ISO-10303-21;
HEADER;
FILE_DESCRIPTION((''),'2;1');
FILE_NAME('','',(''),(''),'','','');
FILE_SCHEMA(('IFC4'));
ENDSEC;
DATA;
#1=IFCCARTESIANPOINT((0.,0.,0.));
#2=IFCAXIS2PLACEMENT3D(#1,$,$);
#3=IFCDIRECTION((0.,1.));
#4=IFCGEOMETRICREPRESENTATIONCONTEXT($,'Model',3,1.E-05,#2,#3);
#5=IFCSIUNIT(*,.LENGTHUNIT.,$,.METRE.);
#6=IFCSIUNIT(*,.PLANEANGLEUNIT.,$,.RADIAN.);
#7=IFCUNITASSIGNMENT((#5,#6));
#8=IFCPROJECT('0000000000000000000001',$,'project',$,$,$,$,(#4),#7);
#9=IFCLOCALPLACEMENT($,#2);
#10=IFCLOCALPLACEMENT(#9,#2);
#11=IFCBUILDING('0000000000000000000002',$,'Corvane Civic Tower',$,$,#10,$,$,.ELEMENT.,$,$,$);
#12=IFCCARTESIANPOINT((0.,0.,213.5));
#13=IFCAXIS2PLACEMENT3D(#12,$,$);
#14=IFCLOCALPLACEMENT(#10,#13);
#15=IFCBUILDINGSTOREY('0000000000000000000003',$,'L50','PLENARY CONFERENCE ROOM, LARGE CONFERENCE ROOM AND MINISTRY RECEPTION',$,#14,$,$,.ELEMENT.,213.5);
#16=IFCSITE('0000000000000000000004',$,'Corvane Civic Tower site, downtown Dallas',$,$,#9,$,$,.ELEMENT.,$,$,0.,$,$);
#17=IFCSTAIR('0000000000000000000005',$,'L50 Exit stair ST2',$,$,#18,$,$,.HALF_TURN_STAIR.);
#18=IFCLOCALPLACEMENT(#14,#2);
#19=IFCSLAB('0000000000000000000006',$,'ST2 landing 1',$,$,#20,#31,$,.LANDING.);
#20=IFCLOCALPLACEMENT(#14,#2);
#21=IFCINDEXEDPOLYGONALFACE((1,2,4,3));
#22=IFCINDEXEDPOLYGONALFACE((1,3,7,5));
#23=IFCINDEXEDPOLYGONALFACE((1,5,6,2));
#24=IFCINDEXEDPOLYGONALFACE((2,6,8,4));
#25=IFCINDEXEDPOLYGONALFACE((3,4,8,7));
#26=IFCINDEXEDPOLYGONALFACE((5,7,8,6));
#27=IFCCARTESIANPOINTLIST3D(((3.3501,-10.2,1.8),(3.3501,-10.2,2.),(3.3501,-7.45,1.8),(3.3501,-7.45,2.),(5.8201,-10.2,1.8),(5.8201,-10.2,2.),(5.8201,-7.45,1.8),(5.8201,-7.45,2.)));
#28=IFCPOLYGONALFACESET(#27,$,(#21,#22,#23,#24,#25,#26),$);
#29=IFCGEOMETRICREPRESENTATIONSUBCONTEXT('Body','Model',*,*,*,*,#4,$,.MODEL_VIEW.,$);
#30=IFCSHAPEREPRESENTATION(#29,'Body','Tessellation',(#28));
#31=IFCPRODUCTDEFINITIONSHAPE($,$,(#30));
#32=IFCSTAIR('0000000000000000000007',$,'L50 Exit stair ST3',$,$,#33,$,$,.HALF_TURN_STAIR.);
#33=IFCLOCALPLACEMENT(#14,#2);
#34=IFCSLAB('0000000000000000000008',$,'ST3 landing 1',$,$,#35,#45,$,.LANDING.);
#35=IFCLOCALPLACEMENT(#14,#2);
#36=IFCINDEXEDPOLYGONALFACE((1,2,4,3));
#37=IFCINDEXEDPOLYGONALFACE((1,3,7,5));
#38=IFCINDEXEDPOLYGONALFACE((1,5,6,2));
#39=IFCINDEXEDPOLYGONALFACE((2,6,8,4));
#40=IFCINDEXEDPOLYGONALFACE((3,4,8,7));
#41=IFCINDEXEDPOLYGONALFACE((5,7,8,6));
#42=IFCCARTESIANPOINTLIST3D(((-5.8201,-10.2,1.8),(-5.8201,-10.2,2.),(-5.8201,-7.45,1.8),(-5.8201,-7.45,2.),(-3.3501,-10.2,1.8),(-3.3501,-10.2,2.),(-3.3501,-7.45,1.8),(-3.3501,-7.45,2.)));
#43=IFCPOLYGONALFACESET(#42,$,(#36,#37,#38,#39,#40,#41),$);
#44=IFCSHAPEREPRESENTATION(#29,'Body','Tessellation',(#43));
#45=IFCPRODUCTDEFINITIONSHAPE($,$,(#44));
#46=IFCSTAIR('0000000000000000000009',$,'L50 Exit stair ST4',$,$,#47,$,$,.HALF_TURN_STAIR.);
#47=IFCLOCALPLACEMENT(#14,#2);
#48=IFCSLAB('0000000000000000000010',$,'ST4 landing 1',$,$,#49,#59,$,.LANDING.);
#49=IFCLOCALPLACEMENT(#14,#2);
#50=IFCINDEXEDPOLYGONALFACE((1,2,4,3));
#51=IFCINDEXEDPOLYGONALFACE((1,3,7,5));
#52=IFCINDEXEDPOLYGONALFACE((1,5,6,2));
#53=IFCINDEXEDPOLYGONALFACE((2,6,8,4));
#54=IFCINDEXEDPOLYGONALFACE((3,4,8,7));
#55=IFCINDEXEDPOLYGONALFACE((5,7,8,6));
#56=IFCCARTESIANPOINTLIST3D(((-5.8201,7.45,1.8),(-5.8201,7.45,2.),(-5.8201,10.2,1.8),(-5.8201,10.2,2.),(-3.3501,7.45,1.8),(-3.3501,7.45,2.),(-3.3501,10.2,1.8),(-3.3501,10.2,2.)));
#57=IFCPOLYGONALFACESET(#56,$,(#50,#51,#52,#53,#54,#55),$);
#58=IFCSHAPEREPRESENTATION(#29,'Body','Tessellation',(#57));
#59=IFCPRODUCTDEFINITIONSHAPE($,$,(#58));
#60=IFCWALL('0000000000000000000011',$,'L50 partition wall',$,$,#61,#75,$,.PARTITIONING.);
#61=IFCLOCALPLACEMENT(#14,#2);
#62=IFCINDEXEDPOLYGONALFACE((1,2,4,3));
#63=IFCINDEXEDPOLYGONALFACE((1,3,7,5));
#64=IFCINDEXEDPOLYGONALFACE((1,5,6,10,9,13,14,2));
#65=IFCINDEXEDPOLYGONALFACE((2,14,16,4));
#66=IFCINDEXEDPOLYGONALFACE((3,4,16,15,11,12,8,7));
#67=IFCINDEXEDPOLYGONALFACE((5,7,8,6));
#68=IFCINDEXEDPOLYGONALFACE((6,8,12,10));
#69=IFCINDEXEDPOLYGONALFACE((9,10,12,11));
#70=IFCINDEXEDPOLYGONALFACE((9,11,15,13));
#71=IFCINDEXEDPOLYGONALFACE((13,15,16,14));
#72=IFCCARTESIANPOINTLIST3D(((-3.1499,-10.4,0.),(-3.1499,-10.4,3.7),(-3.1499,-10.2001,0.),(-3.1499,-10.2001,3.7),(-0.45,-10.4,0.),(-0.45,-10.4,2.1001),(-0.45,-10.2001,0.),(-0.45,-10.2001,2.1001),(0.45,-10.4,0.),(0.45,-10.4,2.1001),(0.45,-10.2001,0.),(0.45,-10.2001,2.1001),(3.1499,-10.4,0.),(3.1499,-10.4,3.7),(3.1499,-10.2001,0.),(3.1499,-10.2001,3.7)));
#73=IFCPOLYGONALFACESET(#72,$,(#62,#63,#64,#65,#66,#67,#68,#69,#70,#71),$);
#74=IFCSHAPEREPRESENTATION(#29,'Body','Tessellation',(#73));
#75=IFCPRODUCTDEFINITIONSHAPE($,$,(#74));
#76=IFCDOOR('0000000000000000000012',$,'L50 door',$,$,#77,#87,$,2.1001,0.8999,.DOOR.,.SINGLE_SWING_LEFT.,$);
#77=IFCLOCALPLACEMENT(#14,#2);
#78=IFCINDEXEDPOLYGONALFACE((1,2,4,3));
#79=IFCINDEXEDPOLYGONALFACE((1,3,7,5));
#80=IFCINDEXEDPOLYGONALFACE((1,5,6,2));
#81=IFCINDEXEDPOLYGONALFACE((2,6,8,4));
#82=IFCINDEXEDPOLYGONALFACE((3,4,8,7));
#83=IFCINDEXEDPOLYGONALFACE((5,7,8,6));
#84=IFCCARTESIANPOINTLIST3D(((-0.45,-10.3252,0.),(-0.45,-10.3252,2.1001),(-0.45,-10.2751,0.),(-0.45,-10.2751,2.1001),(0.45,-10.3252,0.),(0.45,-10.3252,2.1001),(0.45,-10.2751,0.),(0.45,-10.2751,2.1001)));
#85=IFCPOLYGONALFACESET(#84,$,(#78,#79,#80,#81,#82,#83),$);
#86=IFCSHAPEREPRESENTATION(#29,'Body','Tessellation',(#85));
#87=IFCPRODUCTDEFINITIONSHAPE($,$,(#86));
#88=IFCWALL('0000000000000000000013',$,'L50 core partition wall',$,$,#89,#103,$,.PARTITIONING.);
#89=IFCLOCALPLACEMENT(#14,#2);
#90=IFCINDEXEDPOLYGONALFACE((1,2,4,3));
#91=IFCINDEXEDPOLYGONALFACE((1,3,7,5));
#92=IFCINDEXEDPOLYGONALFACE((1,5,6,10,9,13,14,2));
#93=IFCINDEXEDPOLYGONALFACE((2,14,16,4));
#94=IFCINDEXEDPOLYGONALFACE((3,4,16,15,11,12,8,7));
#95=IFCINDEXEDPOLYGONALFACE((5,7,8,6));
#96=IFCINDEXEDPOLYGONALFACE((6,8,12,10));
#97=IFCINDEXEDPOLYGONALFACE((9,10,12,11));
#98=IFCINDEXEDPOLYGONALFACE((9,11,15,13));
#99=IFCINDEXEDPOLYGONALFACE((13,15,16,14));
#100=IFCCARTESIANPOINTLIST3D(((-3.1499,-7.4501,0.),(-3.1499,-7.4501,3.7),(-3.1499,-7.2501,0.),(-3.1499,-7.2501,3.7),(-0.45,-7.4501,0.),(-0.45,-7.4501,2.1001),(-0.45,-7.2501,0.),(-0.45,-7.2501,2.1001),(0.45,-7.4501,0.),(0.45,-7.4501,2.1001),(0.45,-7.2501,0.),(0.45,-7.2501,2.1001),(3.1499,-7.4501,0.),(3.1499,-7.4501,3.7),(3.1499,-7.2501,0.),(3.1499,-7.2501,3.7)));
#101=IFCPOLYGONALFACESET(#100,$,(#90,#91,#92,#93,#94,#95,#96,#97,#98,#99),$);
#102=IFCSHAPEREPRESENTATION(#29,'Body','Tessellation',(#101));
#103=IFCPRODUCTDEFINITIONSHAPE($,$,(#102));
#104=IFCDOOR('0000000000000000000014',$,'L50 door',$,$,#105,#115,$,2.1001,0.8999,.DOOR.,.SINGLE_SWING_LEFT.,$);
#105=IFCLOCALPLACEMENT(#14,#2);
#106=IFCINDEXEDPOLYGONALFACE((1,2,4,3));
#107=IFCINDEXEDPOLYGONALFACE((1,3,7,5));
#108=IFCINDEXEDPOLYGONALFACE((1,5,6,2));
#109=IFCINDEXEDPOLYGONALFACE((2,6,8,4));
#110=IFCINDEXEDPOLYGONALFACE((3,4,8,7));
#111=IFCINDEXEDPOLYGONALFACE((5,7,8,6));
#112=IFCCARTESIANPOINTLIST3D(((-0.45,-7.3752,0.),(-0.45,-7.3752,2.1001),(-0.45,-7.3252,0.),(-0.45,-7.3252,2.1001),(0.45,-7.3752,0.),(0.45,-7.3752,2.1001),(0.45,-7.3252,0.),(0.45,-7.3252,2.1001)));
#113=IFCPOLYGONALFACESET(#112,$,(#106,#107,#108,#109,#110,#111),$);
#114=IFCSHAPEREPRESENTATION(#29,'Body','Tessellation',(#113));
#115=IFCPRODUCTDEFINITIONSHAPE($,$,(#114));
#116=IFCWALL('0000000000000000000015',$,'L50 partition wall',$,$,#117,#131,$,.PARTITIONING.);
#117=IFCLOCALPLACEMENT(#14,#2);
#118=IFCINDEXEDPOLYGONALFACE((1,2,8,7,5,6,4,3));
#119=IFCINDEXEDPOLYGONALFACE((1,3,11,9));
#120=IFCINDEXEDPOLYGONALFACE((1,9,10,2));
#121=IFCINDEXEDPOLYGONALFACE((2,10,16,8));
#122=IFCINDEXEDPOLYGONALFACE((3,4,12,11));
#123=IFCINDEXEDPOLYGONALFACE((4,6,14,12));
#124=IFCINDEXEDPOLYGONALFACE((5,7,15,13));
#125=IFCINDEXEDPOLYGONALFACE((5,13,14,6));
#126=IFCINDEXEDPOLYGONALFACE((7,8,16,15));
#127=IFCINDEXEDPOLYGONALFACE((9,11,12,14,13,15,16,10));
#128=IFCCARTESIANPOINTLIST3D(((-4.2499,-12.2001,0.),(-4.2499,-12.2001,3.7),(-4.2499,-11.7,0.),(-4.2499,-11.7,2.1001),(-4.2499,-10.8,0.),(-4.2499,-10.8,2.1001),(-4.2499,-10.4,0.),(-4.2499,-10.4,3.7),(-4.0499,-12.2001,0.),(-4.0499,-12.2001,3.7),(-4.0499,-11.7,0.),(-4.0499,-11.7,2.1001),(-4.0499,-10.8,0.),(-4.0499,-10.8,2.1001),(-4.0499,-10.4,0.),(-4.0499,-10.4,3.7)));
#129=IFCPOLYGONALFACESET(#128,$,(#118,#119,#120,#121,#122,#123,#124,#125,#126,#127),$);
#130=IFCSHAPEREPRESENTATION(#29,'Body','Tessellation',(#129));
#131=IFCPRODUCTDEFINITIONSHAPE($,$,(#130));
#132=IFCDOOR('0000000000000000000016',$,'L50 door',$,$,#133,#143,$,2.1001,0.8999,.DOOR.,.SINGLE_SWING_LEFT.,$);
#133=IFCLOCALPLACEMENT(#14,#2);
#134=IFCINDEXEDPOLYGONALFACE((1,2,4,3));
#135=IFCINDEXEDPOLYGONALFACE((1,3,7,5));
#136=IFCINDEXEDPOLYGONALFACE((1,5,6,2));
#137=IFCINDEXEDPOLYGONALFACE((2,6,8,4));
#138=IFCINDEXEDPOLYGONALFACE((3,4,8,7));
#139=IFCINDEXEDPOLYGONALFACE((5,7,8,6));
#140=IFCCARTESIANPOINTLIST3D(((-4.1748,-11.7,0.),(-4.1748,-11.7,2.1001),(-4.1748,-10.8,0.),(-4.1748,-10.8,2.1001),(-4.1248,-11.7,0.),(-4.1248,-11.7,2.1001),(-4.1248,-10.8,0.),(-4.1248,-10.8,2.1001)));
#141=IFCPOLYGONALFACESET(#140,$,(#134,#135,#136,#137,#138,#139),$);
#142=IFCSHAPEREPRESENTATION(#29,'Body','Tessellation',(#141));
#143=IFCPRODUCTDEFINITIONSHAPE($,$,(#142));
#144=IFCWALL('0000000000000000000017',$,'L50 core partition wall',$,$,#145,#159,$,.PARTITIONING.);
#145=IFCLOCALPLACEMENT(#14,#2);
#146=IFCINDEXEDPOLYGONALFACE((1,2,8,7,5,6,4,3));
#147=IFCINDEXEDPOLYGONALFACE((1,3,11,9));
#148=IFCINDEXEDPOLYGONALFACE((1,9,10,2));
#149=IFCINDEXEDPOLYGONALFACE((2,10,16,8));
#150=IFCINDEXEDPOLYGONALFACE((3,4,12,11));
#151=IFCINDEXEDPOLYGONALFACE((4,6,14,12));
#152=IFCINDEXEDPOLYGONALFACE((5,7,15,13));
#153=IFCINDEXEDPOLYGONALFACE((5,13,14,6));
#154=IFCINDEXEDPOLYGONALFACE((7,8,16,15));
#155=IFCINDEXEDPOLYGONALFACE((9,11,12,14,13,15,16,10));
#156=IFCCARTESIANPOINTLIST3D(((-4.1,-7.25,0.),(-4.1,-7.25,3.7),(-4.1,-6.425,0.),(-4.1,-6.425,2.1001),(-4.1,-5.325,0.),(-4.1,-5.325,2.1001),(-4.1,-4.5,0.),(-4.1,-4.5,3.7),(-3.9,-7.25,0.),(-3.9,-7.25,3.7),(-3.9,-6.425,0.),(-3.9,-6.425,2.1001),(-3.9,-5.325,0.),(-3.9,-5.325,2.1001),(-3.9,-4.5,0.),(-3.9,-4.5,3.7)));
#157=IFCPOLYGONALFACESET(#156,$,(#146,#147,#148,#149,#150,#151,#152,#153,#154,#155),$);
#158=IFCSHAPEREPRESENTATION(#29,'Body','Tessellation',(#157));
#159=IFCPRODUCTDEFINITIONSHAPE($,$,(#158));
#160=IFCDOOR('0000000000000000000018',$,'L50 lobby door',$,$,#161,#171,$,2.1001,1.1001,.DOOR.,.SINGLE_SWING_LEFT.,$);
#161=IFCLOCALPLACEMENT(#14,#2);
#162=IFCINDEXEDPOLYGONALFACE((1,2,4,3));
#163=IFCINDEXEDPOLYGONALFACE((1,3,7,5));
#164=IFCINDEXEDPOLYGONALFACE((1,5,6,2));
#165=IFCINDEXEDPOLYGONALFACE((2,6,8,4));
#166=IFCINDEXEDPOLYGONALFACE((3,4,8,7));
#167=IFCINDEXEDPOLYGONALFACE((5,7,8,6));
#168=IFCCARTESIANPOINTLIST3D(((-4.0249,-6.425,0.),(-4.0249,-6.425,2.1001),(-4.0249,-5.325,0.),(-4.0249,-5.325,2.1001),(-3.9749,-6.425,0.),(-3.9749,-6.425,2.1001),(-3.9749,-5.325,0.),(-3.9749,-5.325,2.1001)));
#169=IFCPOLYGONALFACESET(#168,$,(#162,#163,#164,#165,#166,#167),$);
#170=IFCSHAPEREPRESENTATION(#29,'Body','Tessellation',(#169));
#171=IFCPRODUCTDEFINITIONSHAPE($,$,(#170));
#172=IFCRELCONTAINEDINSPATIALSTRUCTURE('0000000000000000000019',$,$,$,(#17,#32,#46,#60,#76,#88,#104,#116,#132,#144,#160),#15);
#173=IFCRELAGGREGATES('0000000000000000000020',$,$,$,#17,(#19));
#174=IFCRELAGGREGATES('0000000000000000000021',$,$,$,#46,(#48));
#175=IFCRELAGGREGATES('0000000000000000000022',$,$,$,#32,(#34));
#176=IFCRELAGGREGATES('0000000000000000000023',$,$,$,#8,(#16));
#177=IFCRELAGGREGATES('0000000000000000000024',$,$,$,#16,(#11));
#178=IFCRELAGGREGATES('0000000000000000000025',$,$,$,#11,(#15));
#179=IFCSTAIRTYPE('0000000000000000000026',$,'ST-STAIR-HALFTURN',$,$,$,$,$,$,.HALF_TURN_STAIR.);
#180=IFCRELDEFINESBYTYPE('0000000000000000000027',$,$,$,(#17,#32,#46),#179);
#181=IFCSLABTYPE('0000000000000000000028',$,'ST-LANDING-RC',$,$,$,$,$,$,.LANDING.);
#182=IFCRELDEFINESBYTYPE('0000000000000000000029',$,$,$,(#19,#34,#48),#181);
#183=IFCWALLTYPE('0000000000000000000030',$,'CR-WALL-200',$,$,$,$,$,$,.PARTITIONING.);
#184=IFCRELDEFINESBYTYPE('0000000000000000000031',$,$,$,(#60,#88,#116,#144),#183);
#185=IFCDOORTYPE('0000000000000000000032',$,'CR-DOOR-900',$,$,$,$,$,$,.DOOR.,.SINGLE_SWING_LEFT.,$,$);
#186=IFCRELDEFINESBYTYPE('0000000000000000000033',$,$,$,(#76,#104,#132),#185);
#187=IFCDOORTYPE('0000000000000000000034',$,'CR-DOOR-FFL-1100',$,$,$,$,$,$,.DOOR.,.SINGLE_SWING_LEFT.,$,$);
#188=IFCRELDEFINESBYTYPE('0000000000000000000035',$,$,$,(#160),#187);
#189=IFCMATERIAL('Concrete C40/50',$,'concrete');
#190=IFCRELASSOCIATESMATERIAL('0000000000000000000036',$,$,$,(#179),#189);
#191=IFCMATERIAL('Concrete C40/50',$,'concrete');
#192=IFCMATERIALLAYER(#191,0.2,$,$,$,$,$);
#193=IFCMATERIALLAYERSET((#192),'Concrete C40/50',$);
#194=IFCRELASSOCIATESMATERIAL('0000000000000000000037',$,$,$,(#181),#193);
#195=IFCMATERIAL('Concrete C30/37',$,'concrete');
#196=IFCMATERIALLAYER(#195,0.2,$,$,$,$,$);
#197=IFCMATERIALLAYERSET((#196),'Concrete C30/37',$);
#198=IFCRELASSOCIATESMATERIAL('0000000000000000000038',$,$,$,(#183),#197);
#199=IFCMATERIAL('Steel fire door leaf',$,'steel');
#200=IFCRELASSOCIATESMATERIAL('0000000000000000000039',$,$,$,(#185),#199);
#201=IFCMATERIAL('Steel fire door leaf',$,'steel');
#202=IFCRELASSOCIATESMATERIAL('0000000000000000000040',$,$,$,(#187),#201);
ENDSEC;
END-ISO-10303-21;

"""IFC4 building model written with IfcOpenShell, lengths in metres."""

from ifc_helpers import new_model, si_unit, direction, frame, frame_2d, origin, place, context, subcontext, project, spatial, polyline, rectangle, outline, extrude, material, layer, layer_set, type_object, element, fill, aggregate, save


model = new_model("IFC4")

# Units and contexts
model_context = context("Model", 3, precision=1e-05, world=origin(), true_north=direction((0.0, 1.0)))
body_context = subcontext(model_context, "Body", "Model", "MODEL_VIEW")
ifc_project = project(units=[si_unit("LENGTHUNIT", "METRE"), si_unit("PLANEANGLEUNIT", "RADIAN")], contexts=[model_context])

# Site, building, storey
site_placement = place(None, origin())
site = spatial("IfcSite", under=ifc_project, at=site_placement, Name="Corvane Civic Tower site, downtown Dallas", CompositionType="ELEMENT", RefElevation=0.0)
building_placement = place(site_placement, origin())
building = spatial("IfcBuilding", under=site, at=building_placement, Name="Corvane Civic Tower", CompositionType="ELEMENT")
storey_placement = place(building_placement, frame((0.0, 0.0, 213.5)))
storey = spatial("IfcBuildingStorey", under=building, at=storey_placement, Name="L50", Description="PLENARY CONFERENCE ROOM, LARGE CONFERENCE ROOM AND MINISTRY RECEPTION", CompositionType="ELEMENT", Elevation=213.5)

# Stairs, slabs
ifc_material_1 = material(Name="Concrete C40/50", Category="concrete")
stair_type = type_object("IfcStairType", Name="ST-STAIR-HALFTURN", PredefinedType="HALF_TURN_STAIR", material=ifc_material_1)
ifc_material_2 = material(Name="Concrete C40/50", Category="concrete")
ifc_layer_1 = layer(ifc_material_2, 0.2)
ifc_layer_set_1 = layer_set([ifc_layer_1], Name="Concrete C40/50")
slab_type_1 = type_object("IfcSlabType", Name="ST-LANDING-RC", PredefinedType="LANDING", material=ifc_layer_set_1)
stair_1_placement = place(storey_placement, origin())
stair_1 = element("IfcStair", 1, at=stair_1_placement, inside=storey, type_object=stair_type, Name="L50 Exit stair ST2", PredefinedType="HALF_TURN_STAIR")
slab_1_placement = place(storey_placement, frame((0.0, 0.0, 1.8)))
slab_1 = element("IfcSlab", 2, at=slab_1_placement, type_object=slab_type_1, Name="ST2 landing 1", PredefinedType="LANDING", context=body_context, shape_type="SweptSolid", body=[
    extrude(outline(polyline([(5.8201, -7.45), (3.3501, -7.45), (3.3501, -10.2), (5.8201, -10.2), (5.8201, -7.45)])), origin(), (0.0, 0.0, 1.0), 0.2),
])
aggregate(stair_1, [slab_1])
stair_2_placement = place(storey_placement, origin())
stair_2 = element("IfcStair", 3, at=stair_2_placement, inside=storey, type_object=stair_type, Name="L50 Exit stair ST3", PredefinedType="HALF_TURN_STAIR")
slab_2_placement = place(storey_placement, frame((0.0, 0.0, 1.8)))
slab_2 = element("IfcSlab", 4, at=slab_2_placement, type_object=slab_type_1, Name="ST3 landing 1", PredefinedType="LANDING", context=body_context, shape_type="SweptSolid", body=[
    extrude(outline(polyline([(-5.8201, -10.2), (-3.3501, -10.2), (-3.3501, -7.45), (-5.8201, -7.45), (-5.8201, -10.2)])), origin(), (0.0, 0.0, 1.0), 0.2),
])
stair_3_placement = place(storey_placement, origin())
stair_3 = element("IfcStair", 5, at=stair_3_placement, inside=storey, type_object=stair_type, Name="L50 Exit stair ST4", PredefinedType="HALF_TURN_STAIR")
slab_3_placement = place(storey_placement, frame((0.0, 0.0, 1.8)))
slab_3 = element("IfcSlab", 6, at=slab_3_placement, type_object=slab_type_1, Name="ST4 landing 1", PredefinedType="LANDING", context=body_context, shape_type="SweptSolid", body=[
    extrude(outline(polyline([(-5.8201, 7.45), (-3.3501, 7.45), (-3.3501, 10.2), (-5.8201, 10.2), (-5.8201, 7.45)])), origin(), (0.0, 0.0, 1.0), 0.2),
])
aggregate(stair_3, [slab_3])

# Walls, openings, doors
ifc_material_3 = material(Name="Concrete C30/37", Category="concrete")
ifc_layer_2 = layer(ifc_material_3, 0.2)
ifc_layer_set_2 = layer_set([ifc_layer_2], Name="Concrete C30/37")
wall_type_1 = type_object("IfcWallType", Name="CR-WALL-200", PredefinedType="PARTITIONING", material=ifc_layer_set_2)
wall_1_placement = place(storey_placement, frame((-3.1499, -10.3, 0.0), z_axis=(0.0, 0.0, 1.0), x_axis=(1.0, 0.0, 0.0)))
wall_1 = element("IfcWall", 7, at=wall_1_placement, inside=storey, type_object=wall_type_1, Name="L50 partition wall", PredefinedType="PARTITIONING", context=body_context, shape_type="SweptSolid", body=[
    extrude(rectangle(XDim=6.2998, YDim=0.2, at=frame_2d((3.1499, 0.0))), origin(), (0.0, 0.0, 1.0), 3.7),
])
opening_1_placement = place(wall_1_placement, frame((2.7, 0.0, 0.0)))
opening_1 = element("IfcOpeningElement", 8, at=opening_1_placement, cuts=wall_1, PredefinedType="OPENING", context=body_context, shape_type="SweptSolid", body=[
    extrude(rectangle(XDim=0.8999, YDim=2.1001, at=frame_2d((0.45, 1.05))), frame((0.0, 0.1099, 0.0), z_axis=(0.0, -1.0, 0.0), x_axis=(1.0, 0.0, 0.0)), (0.0, 0.0, 1.0), 0.22),
])
ifc_material_4 = material(Name="Steel fire door leaf", Category="steel")
door_type_1 = type_object("IfcDoorType", Name="CR-DOOR-900", OperationType="SINGLE_SWING_LEFT", PredefinedType="DOOR", material=ifc_material_4)
door_1_placement = place(opening_1_placement, origin())
door_1 = element("IfcDoor", 9, at=door_1_placement, inside=storey, type_object=door_type_1, Name="L50 door", OperationType="SINGLE_SWING_LEFT", OverallHeight=2.1001, OverallWidth=0.8999, PredefinedType="DOOR", context=body_context, shape_type="SweptSolid", body=[
    extrude(rectangle(XDim=0.8999, YDim=2.1001, at=frame_2d((0.45, 1.05))), frame((0.0, 0.0249, 0.0), z_axis=(0.0, -1.0, 0.0), x_axis=(1.0, 0.0, 0.0)), (0.0, 0.0, 1.0), 0.05),
])
fill(opening_1, door_1)
wall_2_placement = place(storey_placement, frame((-3.1499, -7.3501, 0.0), z_axis=(0.0, 0.0, 1.0), x_axis=(1.0, 0.0, 0.0)))
wall_2 = element("IfcWall", 10, at=wall_2_placement, inside=storey, type_object=wall_type_1, Name="L50 core partition wall", PredefinedType="PARTITIONING", context=body_context, shape_type="SweptSolid", body=[
    extrude(rectangle(XDim=6.2998, YDim=0.2, at=frame_2d((3.1499, 0.0))), origin(), (0.0, 0.0, 1.0), 3.7),
])
opening_2_placement = place(wall_2_placement, frame((2.7, 0.0, 0.0)))
opening_2 = element("IfcOpeningElement", 11, at=opening_2_placement, cuts=wall_2, PredefinedType="OPENING", context=body_context, shape_type="SweptSolid", body=[
    extrude(rectangle(XDim=0.8999, YDim=2.1001, at=frame_2d((0.45, 1.05))), frame((0.0, 0.1099, 0.0), z_axis=(0.0, -1.0, 0.0), x_axis=(1.0, 0.0, 0.0)), (0.0, 0.0, 1.0), 0.22),
])
door_2_placement = place(opening_2_placement, origin())
door_2 = element("IfcDoor", 12, at=door_2_placement, inside=storey, type_object=door_type_1, Name="L50 door", OperationType="SINGLE_SWING_LEFT", OverallHeight=2.1001, OverallWidth=0.8999, PredefinedType="DOOR", context=body_context, shape_type="SweptSolid", body=[
    extrude(rectangle(XDim=0.8999, YDim=2.1001, at=frame_2d((0.45, 1.05))), frame((0.0, 0.0249, 0.0), z_axis=(0.0, -1.0, 0.0), x_axis=(1.0, 0.0, 0.0)), (0.0, 0.0, 1.0), 0.05),
])
fill(opening_2, door_2)
wall_3_placement = place(storey_placement, frame((-4.1499, -12.2, 0.0), z_axis=(0.0, 0.0, 1.0), x_axis=(0.0, 1.0, 0.0)))
wall_3 = element("IfcWall", 13, at=wall_3_placement, inside=storey, type_object=wall_type_1, Name="L50 partition wall", PredefinedType="PARTITIONING", context=body_context, shape_type="SweptSolid", body=[
    extrude(rectangle(XDim=1.8, YDim=0.2, at=frame_2d((0.8999, 0.0))), origin(), (0.0, 0.0, 1.0), 3.7),
])
opening_3_placement = place(wall_3_placement, frame((0.5, 0.0, 0.0)))
opening_3 = element("IfcOpeningElement", 14, at=opening_3_placement, cuts=wall_3, PredefinedType="OPENING", context=body_context, shape_type="SweptSolid", body=[
    extrude(rectangle(XDim=0.8999, YDim=2.1001, at=frame_2d((0.45, 1.05))), frame((0.0, 0.1099, 0.0), z_axis=(0.0, -1.0, 0.0), x_axis=(1.0, 0.0, 0.0)), (0.0, 0.0, 1.0), 0.22),
])
door_3_placement = place(opening_3_placement, origin())
door_3 = element("IfcDoor", 15, at=door_3_placement, inside=storey, type_object=door_type_1, Name="L50 door", OperationType="SINGLE_SWING_LEFT", OverallHeight=2.1001, OverallWidth=0.8999, PredefinedType="DOOR", context=body_context, shape_type="SweptSolid", body=[
    extrude(rectangle(XDim=0.8999, YDim=2.1001, at=frame_2d((0.45, 1.05))), frame((0.0, 0.0249, 0.0), z_axis=(0.0, -1.0, 0.0), x_axis=(1.0, 0.0, 0.0)), (0.0, 0.0, 1.0), 0.05),
])
fill(opening_3, door_3)
wall_4_placement = place(storey_placement, frame((-4.0, -7.25, 0.0), z_axis=(0.0, 0.0, 1.0), x_axis=(0.0, 1.0, 0.0)))
wall_4 = element("IfcWall", 16, at=wall_4_placement, inside=storey, type_object=wall_type_1, Name="L50 core partition wall", PredefinedType="PARTITIONING", context=body_context, shape_type="SweptSolid", body=[
    extrude(rectangle(XDim=2.75, YDim=0.2, at=frame_2d((1.375, 0.0))), origin(), (0.0, 0.0, 1.0), 3.7),
])
opening_4_placement = place(wall_4_placement, frame((0.825, 0.0, 0.0)))
opening_4 = element("IfcOpeningElement", 17, at=opening_4_placement, cuts=wall_4, PredefinedType="OPENING", context=body_context, shape_type="SweptSolid", body=[
    extrude(rectangle(XDim=1.1001, YDim=2.1001, at=frame_2d((0.55, 1.05))), frame((0.0, 0.1099, 0.0), z_axis=(0.0, -1.0, 0.0), x_axis=(1.0, 0.0, 0.0)), (0.0, 0.0, 1.0), 0.22),
])
ifc_material_5 = material(Name="Steel fire door leaf", Category="steel")
door_type_2 = type_object("IfcDoorType", Name="CR-DOOR-FFL-1100", OperationType="SINGLE_SWING_LEFT", PredefinedType="DOOR", material=ifc_material_5)
door_4_placement = place(opening_4_placement, origin())
door_4 = element("IfcDoor", 18, at=door_4_placement, inside=storey, type_object=door_type_2, Name="L50 lobby door", OperationType="SINGLE_SWING_LEFT", OverallHeight=2.1001, OverallWidth=1.1001, PredefinedType="DOOR", context=body_context, shape_type="SweptSolid", body=[
    extrude(rectangle(XDim=1.1001, YDim=2.1001, at=frame_2d((0.55, 1.05))), frame((0.0, 0.0249, 0.0), z_axis=(0.0, -1.0, 0.0), x_axis=(1.0, 0.0, 0.0)), (0.0, 0.0, 1.0), 0.05),
])
fill(opening_4, door_4)

aggregate(stair_2, [slab_2])

save(model, "model.ifc")
